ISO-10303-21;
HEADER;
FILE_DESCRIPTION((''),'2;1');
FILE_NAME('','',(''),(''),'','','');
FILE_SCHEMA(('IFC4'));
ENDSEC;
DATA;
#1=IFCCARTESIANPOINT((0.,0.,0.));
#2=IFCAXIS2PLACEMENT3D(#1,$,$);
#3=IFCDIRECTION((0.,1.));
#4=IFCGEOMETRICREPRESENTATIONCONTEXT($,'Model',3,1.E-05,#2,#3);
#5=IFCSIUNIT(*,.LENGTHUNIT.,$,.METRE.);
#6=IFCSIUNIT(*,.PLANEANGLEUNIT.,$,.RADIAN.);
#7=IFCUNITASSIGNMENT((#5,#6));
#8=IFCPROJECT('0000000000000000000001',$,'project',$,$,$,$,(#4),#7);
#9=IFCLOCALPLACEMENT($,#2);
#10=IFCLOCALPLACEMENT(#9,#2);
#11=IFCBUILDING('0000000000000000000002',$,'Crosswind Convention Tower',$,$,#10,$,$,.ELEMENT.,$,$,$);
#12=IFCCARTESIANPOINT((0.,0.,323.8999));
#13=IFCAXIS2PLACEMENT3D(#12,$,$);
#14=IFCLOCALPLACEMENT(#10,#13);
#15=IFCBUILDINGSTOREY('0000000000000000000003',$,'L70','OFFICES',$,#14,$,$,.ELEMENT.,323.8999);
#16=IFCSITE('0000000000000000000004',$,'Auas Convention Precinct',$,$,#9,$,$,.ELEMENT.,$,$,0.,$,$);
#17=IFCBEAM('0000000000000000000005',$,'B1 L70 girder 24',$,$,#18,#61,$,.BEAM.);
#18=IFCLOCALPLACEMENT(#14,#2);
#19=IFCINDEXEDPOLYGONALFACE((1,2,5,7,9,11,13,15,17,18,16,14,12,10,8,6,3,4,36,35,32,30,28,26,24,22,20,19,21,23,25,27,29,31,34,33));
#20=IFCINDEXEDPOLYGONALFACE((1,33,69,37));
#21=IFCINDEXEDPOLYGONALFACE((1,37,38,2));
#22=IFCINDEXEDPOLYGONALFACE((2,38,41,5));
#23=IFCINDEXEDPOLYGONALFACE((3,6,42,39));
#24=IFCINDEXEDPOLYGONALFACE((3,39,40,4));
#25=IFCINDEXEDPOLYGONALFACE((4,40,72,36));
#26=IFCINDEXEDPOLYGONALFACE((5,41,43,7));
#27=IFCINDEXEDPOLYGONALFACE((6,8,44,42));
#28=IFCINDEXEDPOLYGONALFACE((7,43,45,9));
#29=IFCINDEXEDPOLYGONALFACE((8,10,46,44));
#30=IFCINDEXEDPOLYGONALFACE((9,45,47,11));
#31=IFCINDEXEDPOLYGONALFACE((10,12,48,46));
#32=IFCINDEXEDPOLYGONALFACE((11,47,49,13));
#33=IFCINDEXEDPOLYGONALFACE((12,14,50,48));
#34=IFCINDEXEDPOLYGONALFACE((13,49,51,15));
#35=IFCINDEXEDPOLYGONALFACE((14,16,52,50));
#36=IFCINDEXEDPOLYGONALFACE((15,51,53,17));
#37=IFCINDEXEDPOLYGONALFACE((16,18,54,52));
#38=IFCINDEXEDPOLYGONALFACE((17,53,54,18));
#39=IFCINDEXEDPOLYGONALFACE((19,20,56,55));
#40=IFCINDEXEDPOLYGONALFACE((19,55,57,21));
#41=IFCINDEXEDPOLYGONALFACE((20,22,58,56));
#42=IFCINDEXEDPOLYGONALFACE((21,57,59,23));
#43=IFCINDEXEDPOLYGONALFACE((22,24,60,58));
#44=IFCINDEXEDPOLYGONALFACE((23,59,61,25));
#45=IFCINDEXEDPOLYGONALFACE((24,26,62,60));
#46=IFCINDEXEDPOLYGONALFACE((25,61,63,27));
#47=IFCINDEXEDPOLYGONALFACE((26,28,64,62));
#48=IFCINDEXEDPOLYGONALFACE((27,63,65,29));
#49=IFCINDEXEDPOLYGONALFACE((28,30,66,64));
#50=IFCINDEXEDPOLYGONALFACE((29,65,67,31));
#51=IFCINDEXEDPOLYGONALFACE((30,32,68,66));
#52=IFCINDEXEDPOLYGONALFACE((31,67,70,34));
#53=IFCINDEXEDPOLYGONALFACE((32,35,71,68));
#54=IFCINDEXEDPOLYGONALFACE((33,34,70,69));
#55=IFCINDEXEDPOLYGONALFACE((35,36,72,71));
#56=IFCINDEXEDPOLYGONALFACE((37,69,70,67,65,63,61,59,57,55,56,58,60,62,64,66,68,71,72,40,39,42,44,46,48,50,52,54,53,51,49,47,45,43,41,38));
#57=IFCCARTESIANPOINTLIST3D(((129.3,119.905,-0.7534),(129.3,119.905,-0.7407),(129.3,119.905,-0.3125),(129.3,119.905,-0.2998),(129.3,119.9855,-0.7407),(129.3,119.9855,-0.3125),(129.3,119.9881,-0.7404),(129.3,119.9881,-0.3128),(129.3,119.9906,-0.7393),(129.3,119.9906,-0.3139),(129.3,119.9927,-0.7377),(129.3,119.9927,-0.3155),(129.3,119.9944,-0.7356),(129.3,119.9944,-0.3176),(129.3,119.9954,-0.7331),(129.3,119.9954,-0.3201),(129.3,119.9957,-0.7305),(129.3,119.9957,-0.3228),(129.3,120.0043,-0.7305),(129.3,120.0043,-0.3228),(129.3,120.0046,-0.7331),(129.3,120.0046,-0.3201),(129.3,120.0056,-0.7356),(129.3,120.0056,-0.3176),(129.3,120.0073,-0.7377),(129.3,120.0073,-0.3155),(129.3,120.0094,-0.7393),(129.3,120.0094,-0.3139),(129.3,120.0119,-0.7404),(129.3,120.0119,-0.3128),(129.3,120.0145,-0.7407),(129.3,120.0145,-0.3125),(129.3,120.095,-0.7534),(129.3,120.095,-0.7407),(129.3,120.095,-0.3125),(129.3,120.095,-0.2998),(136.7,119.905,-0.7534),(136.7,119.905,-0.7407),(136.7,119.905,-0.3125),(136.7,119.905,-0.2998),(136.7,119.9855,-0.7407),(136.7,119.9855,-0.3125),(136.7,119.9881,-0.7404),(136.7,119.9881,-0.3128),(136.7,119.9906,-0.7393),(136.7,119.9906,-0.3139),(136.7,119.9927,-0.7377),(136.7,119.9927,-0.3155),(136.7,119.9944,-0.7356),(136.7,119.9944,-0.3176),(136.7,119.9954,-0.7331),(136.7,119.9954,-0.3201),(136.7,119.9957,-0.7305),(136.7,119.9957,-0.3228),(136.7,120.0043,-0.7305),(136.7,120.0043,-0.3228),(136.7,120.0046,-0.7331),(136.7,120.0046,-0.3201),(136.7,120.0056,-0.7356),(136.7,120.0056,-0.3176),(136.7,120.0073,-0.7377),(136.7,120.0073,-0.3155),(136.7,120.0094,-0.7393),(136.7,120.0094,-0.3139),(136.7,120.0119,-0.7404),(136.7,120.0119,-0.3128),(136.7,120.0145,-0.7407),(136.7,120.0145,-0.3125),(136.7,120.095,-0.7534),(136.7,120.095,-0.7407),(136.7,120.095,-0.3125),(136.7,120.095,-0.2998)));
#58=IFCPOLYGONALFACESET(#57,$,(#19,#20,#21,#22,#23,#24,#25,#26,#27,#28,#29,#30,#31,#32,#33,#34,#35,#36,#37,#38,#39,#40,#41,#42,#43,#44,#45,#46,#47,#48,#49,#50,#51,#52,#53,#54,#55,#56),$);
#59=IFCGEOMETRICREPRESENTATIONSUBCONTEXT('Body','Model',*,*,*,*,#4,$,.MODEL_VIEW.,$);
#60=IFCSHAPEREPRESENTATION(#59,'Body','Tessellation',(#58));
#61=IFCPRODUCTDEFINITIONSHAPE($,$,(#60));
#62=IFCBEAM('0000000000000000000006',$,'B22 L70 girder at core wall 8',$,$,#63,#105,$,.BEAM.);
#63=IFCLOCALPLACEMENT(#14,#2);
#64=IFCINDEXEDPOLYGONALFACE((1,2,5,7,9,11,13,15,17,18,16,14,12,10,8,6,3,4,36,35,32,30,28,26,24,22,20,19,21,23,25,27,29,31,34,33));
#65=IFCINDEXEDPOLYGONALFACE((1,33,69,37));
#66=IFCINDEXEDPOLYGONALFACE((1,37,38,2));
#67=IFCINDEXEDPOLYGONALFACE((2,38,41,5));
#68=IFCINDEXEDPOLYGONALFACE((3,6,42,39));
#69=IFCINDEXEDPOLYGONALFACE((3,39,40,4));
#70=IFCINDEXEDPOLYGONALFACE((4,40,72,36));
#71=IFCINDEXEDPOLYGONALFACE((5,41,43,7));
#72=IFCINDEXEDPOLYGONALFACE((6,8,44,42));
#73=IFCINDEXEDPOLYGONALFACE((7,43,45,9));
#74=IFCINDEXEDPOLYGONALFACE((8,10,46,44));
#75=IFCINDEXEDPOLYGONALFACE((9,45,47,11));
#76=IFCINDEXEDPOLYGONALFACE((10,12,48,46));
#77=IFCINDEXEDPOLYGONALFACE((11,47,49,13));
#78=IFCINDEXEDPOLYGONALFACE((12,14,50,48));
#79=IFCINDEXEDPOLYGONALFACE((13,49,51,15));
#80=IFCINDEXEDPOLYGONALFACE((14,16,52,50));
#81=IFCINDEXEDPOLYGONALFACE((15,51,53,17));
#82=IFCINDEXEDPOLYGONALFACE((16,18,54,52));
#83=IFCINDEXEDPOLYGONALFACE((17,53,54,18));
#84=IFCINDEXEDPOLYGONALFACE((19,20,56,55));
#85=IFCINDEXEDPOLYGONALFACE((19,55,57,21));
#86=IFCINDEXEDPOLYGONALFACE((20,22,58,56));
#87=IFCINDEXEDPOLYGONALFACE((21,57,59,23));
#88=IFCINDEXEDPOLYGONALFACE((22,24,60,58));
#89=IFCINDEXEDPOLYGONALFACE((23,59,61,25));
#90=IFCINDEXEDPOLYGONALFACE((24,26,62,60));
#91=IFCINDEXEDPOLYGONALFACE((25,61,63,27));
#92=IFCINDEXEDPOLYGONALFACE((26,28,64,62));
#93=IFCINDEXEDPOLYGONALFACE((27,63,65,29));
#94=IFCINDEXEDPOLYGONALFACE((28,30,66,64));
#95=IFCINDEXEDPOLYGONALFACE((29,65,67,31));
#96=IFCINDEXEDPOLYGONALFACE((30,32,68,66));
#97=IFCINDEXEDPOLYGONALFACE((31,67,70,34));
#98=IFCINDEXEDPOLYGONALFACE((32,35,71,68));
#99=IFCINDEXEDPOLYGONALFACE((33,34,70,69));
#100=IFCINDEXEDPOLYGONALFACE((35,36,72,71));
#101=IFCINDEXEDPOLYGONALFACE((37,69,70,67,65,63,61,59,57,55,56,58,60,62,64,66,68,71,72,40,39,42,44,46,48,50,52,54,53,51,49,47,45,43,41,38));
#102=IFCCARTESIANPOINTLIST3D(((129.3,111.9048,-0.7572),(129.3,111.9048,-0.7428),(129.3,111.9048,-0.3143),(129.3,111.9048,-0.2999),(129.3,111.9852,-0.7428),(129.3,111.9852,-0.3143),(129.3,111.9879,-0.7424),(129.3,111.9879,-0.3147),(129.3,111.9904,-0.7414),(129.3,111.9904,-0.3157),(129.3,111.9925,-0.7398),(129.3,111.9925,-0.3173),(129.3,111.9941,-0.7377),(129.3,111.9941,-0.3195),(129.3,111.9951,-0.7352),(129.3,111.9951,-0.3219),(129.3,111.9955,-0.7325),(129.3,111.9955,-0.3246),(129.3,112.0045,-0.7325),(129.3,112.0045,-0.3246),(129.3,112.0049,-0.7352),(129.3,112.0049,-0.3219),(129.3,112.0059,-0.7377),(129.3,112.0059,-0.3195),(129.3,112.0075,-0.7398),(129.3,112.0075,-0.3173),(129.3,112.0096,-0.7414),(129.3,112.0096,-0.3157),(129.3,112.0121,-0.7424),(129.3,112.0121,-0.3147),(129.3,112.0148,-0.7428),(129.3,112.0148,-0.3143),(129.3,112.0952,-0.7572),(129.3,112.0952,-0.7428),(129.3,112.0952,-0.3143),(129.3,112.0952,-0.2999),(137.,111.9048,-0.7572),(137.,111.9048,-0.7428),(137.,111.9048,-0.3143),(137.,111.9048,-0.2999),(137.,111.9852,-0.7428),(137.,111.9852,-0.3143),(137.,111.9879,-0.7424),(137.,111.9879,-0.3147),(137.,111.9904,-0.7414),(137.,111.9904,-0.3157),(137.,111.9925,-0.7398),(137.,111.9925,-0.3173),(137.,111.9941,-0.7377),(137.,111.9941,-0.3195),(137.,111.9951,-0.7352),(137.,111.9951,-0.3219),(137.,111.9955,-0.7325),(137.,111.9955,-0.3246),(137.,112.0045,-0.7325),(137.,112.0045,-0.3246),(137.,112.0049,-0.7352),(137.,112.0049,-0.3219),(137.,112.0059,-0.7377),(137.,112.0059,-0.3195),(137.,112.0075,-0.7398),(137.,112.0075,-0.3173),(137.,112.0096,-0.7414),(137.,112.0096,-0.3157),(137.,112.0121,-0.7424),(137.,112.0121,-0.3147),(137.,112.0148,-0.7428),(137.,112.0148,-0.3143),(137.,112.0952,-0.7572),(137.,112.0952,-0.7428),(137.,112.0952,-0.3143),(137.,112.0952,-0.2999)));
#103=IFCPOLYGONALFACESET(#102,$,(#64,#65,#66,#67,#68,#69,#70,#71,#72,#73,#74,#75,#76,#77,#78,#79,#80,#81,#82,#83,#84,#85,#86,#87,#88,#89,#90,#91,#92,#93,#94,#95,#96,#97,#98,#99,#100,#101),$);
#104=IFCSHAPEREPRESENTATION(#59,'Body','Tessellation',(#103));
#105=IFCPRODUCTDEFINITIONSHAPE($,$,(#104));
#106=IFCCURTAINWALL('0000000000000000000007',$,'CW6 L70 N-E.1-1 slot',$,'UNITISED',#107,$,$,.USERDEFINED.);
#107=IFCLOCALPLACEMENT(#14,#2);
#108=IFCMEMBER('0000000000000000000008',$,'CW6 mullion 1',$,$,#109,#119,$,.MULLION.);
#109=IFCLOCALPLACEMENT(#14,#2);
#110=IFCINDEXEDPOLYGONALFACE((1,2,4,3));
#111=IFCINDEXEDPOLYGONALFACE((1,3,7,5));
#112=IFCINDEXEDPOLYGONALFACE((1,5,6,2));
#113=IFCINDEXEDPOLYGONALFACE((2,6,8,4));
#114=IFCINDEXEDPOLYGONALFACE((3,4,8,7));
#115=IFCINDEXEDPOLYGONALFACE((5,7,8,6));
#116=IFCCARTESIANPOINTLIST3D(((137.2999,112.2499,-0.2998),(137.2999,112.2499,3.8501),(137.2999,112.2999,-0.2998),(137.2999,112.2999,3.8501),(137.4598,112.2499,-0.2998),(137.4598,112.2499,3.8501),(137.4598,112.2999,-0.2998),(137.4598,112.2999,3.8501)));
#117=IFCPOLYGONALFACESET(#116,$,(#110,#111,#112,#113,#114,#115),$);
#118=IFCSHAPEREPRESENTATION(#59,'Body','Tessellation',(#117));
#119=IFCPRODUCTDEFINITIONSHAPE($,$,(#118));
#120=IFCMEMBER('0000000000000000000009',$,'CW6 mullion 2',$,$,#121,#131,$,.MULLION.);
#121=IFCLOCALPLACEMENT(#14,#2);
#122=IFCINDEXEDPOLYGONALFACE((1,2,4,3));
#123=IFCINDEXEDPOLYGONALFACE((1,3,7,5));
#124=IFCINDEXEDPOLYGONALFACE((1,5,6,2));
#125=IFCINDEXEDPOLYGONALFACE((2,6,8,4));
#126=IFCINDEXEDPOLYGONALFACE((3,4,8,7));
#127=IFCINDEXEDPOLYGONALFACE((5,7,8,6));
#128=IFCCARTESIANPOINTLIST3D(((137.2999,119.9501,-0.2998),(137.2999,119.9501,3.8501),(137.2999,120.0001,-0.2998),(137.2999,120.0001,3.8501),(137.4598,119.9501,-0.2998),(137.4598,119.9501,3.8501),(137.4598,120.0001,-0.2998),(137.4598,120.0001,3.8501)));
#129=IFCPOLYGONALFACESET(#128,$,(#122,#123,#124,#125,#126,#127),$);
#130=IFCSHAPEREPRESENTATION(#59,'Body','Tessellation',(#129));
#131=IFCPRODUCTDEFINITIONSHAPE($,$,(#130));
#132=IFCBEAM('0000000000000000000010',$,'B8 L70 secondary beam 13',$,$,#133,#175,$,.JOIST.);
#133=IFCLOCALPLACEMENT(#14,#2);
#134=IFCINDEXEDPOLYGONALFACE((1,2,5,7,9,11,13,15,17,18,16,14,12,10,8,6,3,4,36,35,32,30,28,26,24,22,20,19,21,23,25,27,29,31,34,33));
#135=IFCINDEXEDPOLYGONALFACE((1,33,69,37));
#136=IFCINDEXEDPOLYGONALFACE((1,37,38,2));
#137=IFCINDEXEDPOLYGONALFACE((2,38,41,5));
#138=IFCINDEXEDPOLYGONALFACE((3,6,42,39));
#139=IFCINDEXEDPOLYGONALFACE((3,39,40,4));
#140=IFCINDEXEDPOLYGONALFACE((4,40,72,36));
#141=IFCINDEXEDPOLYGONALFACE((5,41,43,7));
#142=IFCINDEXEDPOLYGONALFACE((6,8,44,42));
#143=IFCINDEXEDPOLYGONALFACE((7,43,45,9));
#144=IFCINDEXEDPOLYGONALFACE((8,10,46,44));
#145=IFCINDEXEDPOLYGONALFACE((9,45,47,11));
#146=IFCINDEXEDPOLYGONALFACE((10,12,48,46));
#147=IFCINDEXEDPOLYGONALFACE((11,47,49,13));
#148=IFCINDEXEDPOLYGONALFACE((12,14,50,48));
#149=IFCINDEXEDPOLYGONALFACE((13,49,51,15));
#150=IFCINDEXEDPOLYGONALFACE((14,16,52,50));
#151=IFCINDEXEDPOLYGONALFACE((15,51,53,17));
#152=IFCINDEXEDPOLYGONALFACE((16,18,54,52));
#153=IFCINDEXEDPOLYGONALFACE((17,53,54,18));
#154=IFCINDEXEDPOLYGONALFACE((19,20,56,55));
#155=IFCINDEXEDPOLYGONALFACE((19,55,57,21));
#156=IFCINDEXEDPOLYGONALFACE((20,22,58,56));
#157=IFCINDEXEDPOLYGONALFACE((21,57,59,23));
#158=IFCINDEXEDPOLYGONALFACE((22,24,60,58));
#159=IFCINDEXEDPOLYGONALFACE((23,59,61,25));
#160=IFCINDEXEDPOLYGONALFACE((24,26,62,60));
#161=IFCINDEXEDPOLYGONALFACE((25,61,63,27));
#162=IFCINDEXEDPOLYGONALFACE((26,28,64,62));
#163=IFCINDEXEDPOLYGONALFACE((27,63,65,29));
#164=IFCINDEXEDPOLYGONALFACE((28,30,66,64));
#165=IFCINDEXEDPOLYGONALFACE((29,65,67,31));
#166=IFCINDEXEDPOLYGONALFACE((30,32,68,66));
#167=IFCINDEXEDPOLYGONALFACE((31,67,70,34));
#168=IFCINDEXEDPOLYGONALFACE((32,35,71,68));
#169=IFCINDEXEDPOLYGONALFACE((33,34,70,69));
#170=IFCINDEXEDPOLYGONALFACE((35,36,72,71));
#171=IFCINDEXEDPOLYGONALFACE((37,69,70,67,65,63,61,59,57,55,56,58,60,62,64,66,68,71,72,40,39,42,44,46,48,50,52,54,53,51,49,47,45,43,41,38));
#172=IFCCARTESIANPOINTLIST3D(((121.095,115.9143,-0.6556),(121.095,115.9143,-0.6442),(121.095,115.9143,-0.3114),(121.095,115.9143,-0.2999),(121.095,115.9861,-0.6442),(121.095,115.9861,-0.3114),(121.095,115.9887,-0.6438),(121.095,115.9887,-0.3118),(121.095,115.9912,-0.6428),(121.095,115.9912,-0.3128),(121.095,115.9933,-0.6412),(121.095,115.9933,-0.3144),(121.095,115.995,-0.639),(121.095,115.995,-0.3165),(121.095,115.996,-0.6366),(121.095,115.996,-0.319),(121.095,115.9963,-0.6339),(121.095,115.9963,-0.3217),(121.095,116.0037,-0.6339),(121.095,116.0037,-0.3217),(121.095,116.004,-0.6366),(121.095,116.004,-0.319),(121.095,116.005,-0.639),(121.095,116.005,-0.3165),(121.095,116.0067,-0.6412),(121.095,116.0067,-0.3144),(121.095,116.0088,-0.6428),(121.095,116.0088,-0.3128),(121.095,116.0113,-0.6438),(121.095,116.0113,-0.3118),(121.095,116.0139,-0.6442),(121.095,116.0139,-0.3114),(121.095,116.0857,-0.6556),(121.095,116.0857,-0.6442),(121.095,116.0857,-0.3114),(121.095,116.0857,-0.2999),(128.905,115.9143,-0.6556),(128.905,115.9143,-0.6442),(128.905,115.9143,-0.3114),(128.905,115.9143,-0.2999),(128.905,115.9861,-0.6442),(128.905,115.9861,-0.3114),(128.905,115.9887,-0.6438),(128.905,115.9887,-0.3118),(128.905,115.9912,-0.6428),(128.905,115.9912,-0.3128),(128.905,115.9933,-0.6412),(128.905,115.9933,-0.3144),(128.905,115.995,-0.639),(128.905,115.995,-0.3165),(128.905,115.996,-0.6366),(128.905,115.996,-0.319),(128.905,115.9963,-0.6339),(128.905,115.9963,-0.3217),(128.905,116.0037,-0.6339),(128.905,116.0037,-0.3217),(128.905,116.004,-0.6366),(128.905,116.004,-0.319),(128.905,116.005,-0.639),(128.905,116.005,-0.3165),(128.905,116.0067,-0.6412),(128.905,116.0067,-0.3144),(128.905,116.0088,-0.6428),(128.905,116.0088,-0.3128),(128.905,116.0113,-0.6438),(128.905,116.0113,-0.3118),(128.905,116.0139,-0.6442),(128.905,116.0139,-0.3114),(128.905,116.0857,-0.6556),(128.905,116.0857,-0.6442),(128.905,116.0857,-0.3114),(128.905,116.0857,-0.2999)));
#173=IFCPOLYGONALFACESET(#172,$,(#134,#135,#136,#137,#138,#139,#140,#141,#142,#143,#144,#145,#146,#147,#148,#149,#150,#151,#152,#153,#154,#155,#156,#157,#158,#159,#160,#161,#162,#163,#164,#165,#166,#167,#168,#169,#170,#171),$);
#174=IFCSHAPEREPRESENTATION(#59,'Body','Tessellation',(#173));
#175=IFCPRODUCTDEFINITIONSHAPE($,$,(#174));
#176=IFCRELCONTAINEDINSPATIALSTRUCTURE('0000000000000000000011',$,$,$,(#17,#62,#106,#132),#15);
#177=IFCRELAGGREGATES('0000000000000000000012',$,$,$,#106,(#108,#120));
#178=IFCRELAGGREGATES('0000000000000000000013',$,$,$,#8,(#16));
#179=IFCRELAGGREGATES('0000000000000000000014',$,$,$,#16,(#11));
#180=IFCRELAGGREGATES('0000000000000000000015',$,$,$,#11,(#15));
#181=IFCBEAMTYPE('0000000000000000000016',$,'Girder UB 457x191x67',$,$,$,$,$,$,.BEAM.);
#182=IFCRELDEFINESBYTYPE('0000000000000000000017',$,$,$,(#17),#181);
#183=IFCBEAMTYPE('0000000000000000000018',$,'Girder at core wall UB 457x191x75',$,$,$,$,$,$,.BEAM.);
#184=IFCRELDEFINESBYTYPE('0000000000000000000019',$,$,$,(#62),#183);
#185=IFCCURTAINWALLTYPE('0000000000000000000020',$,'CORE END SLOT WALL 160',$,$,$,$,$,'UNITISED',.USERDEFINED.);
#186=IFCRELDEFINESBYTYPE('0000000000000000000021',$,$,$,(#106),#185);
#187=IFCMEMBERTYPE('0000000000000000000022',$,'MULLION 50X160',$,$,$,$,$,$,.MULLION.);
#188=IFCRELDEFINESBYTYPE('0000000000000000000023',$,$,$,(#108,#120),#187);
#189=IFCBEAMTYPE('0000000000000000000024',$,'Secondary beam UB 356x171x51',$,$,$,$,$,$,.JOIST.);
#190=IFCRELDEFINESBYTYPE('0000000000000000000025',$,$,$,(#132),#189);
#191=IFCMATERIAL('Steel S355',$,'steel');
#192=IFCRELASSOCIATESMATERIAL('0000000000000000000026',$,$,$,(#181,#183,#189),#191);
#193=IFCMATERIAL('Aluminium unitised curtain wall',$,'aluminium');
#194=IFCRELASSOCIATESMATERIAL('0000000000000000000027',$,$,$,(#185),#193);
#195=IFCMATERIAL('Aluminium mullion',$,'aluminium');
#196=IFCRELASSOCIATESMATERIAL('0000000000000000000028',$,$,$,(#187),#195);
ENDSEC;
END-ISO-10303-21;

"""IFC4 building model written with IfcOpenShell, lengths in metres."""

from ifc_helpers import new_model, si_unit, direction, frame, origin, origin_2d, place, context, subcontext, project, spatial, rectangle, i_section, extrude, material, material_profile, profile_set, type_object, element, aggregate, save


model = new_model("IFC4")

# Units and contexts
model_context = context("Model", 3, precision=1e-05, world=origin(), true_north=direction((0.0, 1.0)))
body_context = subcontext(model_context, "Body", "Model", "MODEL_VIEW")
ifc_project = project(units=[si_unit("LENGTHUNIT", "METRE"), si_unit("PLANEANGLEUNIT", "RADIAN")], contexts=[model_context])

# Site, building, storey
site_placement = place(None, origin())
site = spatial("IfcSite", under=ifc_project, at=site_placement, Name="Auas Convention Precinct", CompositionType="ELEMENT", RefElevation=0.0)
building_placement = place(site_placement, origin())
building = spatial("IfcBuilding", under=site, at=building_placement, Name="Crosswind Convention Tower", CompositionType="ELEMENT")
storey_placement = place(building_placement, frame((0.0, 0.0, 323.8999)))
storey = spatial("IfcBuildingStorey", under=building, at=storey_placement, Name="L70", Description="OFFICES", CompositionType="ELEMENT", Elevation=323.8999)

# Beams
ifc_material_1 = material(Name="Steel S355", Category="steel")
ifc_material_profile_1 = material_profile(ifc_material_1, i_section(OverallWidth=0.1899, OverallDepth=0.4536, WebThickness=0.0085, FlangeThickness=0.0127, FilletRadius=0.0103, at=origin_2d()), Name="UB 457x191x67")
ifc_profile_set_1 = profile_set([ifc_material_profile_1], Name="Steel S355")
beam_type_1 = type_object("IfcBeamType", Name="Girder UB 457x191x67", PredefinedType="BEAM", material=ifc_profile_set_1)
for number, where, z_axis, x_axis, name in (
    (1, (129.3, 120.0, -0.5266), (1.0, 0.0, 0.0), (0.0, 1.0, 0.0), "B1 L70 girder 24"),
):
    element("IfcBeam", number, at=place(storey_placement, frame(where, z_axis=z_axis, x_axis=x_axis)), inside=storey, type_object=beam_type_1, Name=name, PredefinedType="BEAM", context=body_context, shape_type="SweptSolid", body=[
        extrude(i_section(OverallWidth=0.1899, OverallDepth=0.4536, WebThickness=0.0085, FlangeThickness=0.0127, FilletRadius=0.0103, at=origin_2d()), origin(), (0.0, 0.0, 1.0), 7.3999),
    ])
ifc_material_profile_2 = material_profile(ifc_material_1, i_section(OverallWidth=0.1904, OverallDepth=0.4573, WebThickness=0.009, FlangeThickness=0.0144, FilletRadius=0.0103, at=origin_2d()), Name="UB 457x191x75")
ifc_profile_set_2 = profile_set([ifc_material_profile_2], Name="Steel S355")
beam_type_2 = type_object("IfcBeamType", Name="Girder at core wall UB 457x191x75", PredefinedType="BEAM", material=ifc_profile_set_2)
beam_1_placement = place(storey_placement, frame((129.3, 112.0, -0.5286), z_axis=(1.0, 0.0, 0.0), x_axis=(0.0, 1.0, 0.0)))
element("IfcBeam", 2, at=beam_1_placement, inside=storey, type_object=beam_type_2, Name="B22 L70 girder at core wall 8", PredefinedType="BEAM", context=body_context, shape_type="SweptSolid", body=[
    extrude(i_section(OverallWidth=0.1904, OverallDepth=0.4573, WebThickness=0.009, FlangeThickness=0.0144, FilletRadius=0.0103, at=origin_2d()), origin(), (0.0, 0.0, 1.0), 7.7),
])

# Curtain wall, members
ifc_material_2 = material(Name="Aluminium unitised curtain wall", Category="aluminium")
curtain_wall_type = type_object("IfcCurtainWallType", Name="CORE END SLOT WALL 160", ElementType="UNITISED", PredefinedType="USERDEFINED", material=ifc_material_2)
curtain_wall_placement = place(storey_placement, origin())
curtain_wall = element("IfcCurtainWall", 3, at=curtain_wall_placement, inside=storey, type_object=curtain_wall_type, Name="CW6 L70 N-E.1-1 slot", ObjectType="UNITISED", PredefinedType="USERDEFINED")
ifc_material_3 = material(Name="Aluminium mullion", Category="aluminium")
ifc_material_profile_3 = material_profile(ifc_material_3, rectangle(XDim=0.1599, YDim=0.05, at=origin_2d()), Name="AL 160X50")
ifc_profile_set_3 = profile_set([ifc_material_profile_3], Name="Aluminium mullion")
member_type_1 = type_object("IfcMemberType", Name="MULLION 50X160", PredefinedType="MULLION", material=ifc_profile_set_3)
member_1_placement = place(storey_placement, frame((137.3799, 112.2749, -0.2998), z_axis=(0.0, 0.0, 1.0), x_axis=(1.0, 0.0, 0.0)))
member_1 = element("IfcMember", 4, at=member_1_placement, type_object=member_type_1, Name="CW6 mullion 1", PredefinedType="MULLION", context=body_context, shape_type="SweptSolid", body=[
    extrude(rectangle(XDim=0.1599, YDim=0.05, at=origin_2d()), origin(), (0.0, 0.0, 1.0), 4.1499),
])
member_2_placement = place(storey_placement, frame((137.3799, 119.9751, -0.2998), z_axis=(0.0, 0.0, 1.0), x_axis=(1.0, 0.0, 0.0)))
member_2 = element("IfcMember", 5, at=member_2_placement, type_object=member_type_1, Name="CW6 mullion 2", PredefinedType="MULLION", context=body_context, shape_type="SweptSolid", body=[
    extrude(rectangle(XDim=0.1599, YDim=0.05, at=origin_2d()), origin(), (0.0, 0.0, 1.0), 4.1499),
])

# Beam
ifc_material_profile_4 = material_profile(ifc_material_1, i_section(OverallWidth=0.1714, OverallDepth=0.3557, WebThickness=0.0073, FlangeThickness=0.0115, FilletRadius=0.0103, at=origin_2d()), Name="UB 356x171x51")
ifc_profile_set_4 = profile_set([ifc_material_profile_4], Name="Steel S355")
beam_type_3 = type_object("IfcBeamType", Name="Secondary beam UB 356x171x51", PredefinedType="JOIST", material=ifc_profile_set_4)
for number, where, z_axis, x_axis, name in (
    (6, (121.095, 116.0, -0.4778), (1.0, 0.0, 0.0), (0.0, 1.0, 0.0), "B8 L70 secondary beam 13"),
):
    element("IfcBeam", number, at=place(storey_placement, frame(where, z_axis=z_axis, x_axis=x_axis)), inside=storey, type_object=beam_type_3, Name=name, PredefinedType="JOIST", context=body_context, shape_type="SweptSolid", body=[
        extrude(i_section(OverallWidth=0.1714, OverallDepth=0.3557, WebThickness=0.0073, FlangeThickness=0.0115, FilletRadius=0.0103, at=origin_2d()), origin(), (0.0, 0.0, 1.0), 7.8101),
    ])

aggregate(curtain_wall, [member_1, member_2])

save(model, "model.ifc")
